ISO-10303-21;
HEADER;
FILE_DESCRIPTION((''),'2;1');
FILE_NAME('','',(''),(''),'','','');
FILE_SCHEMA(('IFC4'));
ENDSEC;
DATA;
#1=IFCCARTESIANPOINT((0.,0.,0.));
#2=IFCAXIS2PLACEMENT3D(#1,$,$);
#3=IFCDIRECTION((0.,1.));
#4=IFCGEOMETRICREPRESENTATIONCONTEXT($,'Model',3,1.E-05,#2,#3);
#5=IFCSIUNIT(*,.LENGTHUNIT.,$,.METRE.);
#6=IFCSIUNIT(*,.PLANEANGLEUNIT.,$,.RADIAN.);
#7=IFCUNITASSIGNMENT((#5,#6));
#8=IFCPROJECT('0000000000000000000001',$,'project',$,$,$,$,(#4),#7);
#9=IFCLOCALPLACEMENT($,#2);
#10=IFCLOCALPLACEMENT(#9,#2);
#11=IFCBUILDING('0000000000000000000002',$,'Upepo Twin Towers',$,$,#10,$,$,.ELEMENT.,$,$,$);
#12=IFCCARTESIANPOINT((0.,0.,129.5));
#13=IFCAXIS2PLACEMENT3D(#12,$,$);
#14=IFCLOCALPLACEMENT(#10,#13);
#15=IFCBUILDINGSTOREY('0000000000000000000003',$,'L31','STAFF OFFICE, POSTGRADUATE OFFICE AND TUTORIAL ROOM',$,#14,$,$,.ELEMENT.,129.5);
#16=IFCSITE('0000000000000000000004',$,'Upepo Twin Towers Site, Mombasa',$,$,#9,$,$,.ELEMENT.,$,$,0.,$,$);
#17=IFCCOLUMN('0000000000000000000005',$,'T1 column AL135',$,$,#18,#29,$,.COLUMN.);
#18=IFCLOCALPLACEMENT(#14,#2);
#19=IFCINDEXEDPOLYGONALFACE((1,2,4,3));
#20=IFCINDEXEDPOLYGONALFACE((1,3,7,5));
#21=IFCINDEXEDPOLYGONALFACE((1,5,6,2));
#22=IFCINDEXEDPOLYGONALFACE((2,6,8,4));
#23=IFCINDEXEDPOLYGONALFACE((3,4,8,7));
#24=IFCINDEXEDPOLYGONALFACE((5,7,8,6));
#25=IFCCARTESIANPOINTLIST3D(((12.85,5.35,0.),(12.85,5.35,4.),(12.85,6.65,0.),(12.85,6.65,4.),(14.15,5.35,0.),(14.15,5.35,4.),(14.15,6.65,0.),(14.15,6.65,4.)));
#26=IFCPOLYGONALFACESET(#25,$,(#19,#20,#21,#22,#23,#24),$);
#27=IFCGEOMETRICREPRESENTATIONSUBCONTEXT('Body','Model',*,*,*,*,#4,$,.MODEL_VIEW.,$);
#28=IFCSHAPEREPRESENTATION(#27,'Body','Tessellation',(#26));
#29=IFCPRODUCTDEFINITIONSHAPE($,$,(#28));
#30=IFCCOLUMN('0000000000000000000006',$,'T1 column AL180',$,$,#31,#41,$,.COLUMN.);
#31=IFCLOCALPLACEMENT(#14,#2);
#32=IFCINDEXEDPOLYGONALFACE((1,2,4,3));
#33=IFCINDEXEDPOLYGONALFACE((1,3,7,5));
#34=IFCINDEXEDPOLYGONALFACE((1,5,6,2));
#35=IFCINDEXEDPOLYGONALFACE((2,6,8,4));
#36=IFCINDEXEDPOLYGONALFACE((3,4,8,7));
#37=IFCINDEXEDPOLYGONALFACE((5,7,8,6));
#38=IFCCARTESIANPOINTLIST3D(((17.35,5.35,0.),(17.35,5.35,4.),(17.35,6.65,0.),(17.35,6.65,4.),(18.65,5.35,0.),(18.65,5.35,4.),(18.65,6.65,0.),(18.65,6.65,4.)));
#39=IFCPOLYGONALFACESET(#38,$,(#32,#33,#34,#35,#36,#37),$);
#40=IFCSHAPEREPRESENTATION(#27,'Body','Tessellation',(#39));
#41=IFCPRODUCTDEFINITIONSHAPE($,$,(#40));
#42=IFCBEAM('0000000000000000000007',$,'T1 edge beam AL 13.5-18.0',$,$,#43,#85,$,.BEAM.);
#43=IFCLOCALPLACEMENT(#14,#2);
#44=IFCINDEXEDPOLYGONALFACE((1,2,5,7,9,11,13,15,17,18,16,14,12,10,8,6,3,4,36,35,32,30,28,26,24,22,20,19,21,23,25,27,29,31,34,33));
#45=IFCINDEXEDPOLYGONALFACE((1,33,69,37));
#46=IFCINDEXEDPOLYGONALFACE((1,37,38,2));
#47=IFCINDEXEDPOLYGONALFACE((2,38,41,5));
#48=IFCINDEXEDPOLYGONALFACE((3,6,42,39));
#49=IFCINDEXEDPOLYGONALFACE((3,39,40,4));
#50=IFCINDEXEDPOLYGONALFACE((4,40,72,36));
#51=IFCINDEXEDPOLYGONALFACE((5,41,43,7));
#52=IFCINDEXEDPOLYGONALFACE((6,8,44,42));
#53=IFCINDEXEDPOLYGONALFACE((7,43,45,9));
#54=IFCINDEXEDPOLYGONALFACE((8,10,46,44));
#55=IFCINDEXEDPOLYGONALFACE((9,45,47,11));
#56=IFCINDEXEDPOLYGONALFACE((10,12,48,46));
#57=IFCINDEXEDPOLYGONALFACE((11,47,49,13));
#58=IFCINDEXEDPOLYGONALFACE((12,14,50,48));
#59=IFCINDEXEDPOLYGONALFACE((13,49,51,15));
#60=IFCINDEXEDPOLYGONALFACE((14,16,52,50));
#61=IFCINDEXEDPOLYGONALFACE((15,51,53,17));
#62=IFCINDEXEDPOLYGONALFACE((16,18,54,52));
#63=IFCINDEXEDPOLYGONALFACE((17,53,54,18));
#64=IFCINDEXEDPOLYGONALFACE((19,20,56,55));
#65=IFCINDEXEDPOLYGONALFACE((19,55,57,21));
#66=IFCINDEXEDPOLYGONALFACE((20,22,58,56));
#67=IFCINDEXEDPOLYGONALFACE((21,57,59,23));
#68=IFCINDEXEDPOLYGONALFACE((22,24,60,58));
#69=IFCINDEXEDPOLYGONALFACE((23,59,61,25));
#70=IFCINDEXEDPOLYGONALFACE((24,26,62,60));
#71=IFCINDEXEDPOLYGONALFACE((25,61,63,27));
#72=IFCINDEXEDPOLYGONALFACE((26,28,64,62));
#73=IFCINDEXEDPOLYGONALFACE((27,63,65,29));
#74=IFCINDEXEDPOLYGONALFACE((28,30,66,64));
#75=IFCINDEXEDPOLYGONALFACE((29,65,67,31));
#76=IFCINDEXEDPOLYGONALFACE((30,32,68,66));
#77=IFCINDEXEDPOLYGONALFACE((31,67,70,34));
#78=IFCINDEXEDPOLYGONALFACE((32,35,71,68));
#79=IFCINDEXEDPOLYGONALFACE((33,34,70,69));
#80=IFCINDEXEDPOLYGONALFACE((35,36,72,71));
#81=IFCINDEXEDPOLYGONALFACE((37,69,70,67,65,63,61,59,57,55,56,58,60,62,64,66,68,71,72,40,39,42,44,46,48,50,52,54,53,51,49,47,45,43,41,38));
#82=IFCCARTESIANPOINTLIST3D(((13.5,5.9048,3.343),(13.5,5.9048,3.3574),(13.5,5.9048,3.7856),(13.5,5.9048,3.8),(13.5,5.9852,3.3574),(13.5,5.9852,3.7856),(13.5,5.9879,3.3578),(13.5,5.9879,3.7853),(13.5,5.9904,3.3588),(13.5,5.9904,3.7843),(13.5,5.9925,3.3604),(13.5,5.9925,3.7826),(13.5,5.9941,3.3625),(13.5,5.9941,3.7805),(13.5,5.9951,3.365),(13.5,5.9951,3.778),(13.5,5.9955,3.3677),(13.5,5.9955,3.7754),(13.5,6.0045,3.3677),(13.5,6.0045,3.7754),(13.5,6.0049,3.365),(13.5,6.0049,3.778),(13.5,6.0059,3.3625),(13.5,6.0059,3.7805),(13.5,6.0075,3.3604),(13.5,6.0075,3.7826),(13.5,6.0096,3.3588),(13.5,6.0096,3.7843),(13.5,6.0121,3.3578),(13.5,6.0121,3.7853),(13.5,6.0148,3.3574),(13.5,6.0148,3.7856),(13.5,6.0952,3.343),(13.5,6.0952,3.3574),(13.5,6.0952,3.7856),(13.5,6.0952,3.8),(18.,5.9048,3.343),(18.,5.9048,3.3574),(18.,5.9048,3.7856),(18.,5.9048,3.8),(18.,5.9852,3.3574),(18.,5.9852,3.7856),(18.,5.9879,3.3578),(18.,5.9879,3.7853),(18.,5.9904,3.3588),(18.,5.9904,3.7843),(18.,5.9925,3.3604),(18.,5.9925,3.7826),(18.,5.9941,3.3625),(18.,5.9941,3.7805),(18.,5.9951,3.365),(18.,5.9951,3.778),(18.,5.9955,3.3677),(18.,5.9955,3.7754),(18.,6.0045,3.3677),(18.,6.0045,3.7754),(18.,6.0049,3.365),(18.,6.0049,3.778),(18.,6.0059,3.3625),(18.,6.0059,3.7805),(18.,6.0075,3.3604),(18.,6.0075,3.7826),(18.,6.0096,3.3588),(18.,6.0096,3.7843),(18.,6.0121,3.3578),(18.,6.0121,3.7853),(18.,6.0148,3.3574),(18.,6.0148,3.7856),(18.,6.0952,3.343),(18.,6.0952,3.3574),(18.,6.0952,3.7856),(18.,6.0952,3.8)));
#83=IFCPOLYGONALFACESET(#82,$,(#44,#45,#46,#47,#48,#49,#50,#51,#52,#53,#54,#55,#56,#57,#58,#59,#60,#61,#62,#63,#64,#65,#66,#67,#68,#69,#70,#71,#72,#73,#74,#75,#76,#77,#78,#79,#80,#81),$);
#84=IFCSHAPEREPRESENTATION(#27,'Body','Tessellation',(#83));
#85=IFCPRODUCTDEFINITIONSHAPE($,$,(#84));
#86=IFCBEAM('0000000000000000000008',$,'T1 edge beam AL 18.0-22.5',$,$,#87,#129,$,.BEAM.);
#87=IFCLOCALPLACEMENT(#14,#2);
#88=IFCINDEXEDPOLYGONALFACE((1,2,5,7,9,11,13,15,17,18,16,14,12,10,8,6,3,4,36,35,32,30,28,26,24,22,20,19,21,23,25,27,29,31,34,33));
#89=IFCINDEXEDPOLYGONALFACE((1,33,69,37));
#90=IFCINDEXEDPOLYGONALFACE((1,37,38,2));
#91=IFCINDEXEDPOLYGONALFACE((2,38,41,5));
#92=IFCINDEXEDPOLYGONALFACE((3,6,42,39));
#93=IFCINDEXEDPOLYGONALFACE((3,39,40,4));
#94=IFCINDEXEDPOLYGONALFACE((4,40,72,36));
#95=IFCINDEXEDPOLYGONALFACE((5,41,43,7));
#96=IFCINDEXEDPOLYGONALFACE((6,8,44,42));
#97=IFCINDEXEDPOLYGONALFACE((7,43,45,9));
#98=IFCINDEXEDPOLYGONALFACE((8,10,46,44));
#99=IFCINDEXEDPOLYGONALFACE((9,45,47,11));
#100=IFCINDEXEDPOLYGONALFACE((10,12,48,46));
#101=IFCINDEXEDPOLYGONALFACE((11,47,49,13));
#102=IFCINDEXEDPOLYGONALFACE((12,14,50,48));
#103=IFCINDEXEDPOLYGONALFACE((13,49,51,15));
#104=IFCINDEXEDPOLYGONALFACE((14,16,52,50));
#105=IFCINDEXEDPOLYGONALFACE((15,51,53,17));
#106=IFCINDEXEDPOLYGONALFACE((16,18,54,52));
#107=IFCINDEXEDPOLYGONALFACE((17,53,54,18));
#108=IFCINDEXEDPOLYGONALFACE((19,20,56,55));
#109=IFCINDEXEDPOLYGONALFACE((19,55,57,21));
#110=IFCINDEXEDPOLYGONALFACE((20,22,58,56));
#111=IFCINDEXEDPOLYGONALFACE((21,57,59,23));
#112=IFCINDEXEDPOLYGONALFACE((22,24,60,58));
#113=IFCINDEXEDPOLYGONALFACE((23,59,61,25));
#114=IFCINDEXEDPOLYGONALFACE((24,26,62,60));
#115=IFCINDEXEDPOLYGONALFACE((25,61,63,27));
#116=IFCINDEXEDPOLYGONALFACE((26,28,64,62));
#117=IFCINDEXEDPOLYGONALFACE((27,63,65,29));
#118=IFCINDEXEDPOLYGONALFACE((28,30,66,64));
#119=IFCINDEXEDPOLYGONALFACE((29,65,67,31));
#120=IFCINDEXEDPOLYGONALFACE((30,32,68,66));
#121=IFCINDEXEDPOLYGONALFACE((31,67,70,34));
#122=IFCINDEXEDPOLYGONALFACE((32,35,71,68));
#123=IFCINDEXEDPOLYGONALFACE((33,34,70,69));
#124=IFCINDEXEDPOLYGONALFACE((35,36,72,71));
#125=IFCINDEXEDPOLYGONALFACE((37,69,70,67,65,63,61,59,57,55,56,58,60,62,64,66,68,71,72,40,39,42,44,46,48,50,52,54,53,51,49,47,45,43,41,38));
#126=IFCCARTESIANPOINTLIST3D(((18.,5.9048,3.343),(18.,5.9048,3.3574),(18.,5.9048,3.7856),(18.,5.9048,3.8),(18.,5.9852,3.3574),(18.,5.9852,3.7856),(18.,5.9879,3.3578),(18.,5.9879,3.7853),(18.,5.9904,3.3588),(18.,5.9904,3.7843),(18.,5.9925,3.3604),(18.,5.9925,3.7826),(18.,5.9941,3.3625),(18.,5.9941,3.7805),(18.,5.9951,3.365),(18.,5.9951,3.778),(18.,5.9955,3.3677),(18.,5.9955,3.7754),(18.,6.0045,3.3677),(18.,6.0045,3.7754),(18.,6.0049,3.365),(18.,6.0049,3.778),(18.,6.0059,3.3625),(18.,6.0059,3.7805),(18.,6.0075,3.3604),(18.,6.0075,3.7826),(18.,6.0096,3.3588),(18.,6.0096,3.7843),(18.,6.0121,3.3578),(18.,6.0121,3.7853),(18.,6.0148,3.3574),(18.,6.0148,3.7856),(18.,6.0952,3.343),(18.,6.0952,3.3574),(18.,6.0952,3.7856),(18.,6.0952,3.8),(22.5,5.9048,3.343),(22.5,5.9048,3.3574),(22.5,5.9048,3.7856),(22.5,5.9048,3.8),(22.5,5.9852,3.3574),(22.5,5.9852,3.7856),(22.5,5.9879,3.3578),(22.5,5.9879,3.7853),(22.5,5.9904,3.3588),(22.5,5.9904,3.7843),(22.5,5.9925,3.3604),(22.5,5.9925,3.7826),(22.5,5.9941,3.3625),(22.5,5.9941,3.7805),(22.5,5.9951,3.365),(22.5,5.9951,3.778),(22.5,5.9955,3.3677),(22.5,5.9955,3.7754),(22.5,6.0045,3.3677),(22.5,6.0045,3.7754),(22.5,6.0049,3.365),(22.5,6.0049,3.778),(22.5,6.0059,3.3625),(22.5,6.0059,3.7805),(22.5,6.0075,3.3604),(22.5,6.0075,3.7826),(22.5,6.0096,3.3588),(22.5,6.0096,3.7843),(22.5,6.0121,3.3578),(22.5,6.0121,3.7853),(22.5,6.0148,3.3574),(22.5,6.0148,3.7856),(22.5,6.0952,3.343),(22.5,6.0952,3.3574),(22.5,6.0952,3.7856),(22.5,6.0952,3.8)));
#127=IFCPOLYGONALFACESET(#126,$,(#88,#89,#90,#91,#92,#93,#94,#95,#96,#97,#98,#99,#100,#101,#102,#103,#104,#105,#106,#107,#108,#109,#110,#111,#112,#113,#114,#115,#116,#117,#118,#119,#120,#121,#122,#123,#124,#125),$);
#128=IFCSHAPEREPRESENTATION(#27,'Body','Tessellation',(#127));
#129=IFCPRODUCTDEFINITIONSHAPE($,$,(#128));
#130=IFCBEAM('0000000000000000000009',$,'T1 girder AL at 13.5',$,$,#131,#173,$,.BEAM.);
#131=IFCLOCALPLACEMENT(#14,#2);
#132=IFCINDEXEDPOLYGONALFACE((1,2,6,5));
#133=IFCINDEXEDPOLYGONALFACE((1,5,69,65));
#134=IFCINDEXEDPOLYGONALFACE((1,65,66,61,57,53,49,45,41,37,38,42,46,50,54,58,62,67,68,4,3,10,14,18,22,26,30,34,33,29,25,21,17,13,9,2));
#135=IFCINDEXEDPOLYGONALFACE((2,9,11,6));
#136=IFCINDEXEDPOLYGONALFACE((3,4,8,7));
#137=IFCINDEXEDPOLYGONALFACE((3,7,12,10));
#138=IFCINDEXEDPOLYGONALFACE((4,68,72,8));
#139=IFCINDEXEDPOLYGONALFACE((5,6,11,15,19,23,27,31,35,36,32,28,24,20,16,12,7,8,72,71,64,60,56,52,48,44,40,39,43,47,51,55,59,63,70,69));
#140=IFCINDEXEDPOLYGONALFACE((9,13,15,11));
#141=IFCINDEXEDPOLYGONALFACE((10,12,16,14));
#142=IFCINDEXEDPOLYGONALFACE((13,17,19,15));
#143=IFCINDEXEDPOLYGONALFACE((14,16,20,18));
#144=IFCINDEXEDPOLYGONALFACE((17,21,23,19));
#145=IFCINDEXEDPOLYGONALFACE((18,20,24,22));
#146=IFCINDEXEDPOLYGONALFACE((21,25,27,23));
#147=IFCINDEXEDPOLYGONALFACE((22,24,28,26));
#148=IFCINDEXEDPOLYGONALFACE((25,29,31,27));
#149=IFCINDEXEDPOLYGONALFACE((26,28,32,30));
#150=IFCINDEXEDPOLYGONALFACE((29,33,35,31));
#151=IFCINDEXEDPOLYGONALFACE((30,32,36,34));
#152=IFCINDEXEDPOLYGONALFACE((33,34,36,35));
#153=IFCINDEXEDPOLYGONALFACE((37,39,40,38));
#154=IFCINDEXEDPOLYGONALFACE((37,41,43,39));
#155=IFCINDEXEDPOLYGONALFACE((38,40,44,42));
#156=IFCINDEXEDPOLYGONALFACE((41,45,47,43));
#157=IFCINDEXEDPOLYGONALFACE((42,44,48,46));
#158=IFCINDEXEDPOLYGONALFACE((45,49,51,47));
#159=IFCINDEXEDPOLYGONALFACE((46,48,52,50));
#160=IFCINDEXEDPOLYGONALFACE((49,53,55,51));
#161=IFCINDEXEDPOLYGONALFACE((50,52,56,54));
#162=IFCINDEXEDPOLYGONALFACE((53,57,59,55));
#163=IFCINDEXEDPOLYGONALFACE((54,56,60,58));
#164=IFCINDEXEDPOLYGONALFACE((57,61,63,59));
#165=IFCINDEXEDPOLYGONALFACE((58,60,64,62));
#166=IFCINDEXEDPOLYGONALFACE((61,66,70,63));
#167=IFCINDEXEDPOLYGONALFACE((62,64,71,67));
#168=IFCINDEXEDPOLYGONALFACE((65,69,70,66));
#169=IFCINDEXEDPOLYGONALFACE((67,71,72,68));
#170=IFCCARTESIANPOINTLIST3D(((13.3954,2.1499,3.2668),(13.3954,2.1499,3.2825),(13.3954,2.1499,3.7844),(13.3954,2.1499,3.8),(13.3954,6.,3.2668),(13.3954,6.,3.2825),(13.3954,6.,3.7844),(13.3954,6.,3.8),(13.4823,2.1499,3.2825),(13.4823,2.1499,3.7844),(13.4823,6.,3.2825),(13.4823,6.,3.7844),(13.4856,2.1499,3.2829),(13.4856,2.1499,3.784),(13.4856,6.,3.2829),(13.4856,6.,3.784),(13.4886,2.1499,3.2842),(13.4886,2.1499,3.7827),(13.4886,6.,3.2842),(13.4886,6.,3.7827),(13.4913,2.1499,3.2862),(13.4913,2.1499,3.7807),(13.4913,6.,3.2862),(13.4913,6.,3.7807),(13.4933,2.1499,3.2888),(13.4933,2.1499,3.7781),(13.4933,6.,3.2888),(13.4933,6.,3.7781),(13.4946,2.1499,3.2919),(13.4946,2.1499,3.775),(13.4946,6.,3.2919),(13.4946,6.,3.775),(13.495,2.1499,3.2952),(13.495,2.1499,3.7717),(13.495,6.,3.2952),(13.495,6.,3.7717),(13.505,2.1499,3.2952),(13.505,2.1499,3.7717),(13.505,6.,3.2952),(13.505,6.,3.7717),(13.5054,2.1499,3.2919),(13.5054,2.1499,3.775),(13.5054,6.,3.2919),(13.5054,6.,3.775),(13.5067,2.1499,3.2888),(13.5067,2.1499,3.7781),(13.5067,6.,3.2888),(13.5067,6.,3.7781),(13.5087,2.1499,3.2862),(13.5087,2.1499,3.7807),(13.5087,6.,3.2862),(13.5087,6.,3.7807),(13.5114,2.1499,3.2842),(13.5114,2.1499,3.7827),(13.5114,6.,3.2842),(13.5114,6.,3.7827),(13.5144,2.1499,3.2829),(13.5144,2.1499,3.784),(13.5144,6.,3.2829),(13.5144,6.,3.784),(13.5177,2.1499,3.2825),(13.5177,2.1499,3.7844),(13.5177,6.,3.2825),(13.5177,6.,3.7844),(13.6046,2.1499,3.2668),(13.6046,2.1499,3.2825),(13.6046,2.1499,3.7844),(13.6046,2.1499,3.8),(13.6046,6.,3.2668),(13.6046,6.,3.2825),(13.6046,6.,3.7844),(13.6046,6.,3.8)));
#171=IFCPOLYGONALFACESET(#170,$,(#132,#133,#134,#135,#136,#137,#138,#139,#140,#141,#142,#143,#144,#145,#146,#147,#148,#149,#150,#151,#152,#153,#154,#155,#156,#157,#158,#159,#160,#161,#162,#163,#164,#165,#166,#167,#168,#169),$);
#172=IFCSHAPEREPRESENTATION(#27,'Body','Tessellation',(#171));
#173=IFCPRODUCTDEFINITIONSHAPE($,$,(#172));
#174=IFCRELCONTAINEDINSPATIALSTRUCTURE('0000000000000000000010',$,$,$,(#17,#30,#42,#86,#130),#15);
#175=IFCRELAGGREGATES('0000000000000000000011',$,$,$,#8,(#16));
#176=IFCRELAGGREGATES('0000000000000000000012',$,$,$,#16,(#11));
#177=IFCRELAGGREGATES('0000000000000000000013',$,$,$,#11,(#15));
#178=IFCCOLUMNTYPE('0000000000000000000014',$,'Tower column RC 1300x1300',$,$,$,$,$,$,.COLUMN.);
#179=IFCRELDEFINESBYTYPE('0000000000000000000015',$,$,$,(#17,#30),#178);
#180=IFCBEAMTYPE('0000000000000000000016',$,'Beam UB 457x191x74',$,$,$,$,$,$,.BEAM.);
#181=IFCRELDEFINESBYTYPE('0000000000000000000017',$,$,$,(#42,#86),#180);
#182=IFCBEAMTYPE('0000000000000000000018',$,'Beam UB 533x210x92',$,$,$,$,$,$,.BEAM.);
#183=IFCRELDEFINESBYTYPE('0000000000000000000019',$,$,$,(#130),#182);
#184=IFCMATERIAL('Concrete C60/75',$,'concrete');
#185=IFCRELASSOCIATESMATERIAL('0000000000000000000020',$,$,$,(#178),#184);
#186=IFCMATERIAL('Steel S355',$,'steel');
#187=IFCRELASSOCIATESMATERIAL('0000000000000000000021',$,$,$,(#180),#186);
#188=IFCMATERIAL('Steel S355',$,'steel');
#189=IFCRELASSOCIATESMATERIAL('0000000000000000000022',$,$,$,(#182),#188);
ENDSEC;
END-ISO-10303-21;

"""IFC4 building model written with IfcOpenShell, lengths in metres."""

from ifc_helpers import new_model, si_unit, direction, frame, origin, origin_2d, place, context, subcontext, project, spatial, rectangle, i_section, extrude, material, material_profile, profile_set, type_object, element, save


model = new_model("IFC4")

# Units and contexts
model_context = context("Model", 3, precision=1e-05, world=origin(), true_north=direction((0.0, 1.0)))
body_context = subcontext(model_context, "Body", "Model", "MODEL_VIEW")
ifc_project = project(units=[si_unit("LENGTHUNIT", "METRE"), si_unit("PLANEANGLEUNIT", "RADIAN")], contexts=[model_context])

# Site, building, storey
site_placement = place(None, origin())
site = spatial("IfcSite", under=ifc_project, at=site_placement, Name="Upepo Twin Towers Site, Mombasa", CompositionType="ELEMENT", RefElevation=0.0)
building_placement = place(site_placement, origin())
building = spatial("IfcBuilding", under=site, at=building_placement, Name="Upepo Twin Towers", CompositionType="ELEMENT")
storey_placement = place(building_placement, frame((0.0, 0.0, 129.5)))
storey = spatial("IfcBuildingStorey", under=building, at=storey_placement, Name="L31", Description="STAFF OFFICE, POSTGRADUATE OFFICE AND TUTORIAL ROOM", CompositionType="ELEMENT", Elevation=129.5)

# Columns
ifc_material_1 = material(Name="Concrete C60/75", Category="concrete")
ifc_material_profile_1 = material_profile(ifc_material_1, rectangle(XDim=1.3, YDim=1.3, at=origin_2d()), Name="RC 1300x1300")
ifc_profile_set_1 = profile_set([ifc_material_profile_1], Name="Concrete C60/75")
column_type = type_object("IfcColumnType", Name="Tower column RC 1300x1300", PredefinedType="COLUMN", material=ifc_profile_set_1)
for number, where, z_axis, x_axis, name in (
    (1, (13.5, 6.0, 0.0), (0.0, 0.0, 1.0), (1.0, 0.0, 0.0), "T1 column AL135"),
    (2, (18.0, 6.0, 0.0), (0.0, 0.0, 1.0), (1.0, 0.0, 0.0), "T1 column AL180"),
):
    element("IfcColumn", number, at=place(storey_placement, frame(where, z_axis=z_axis, x_axis=x_axis)), inside=storey, type_object=column_type, Name=name, PredefinedType="COLUMN", context=body_context, shape_type="SweptSolid", body=[
        extrude(rectangle(XDim=1.3, YDim=1.3, at=origin_2d()), origin(), (0.0, 0.0, 1.0), 4.0),
    ])

# Beams
ifc_material_2 = material(Name="Steel S355", Category="steel")
ifc_material_profile_2 = material_profile(ifc_material_2, i_section(OverallWidth=0.1904, OverallDepth=0.457, WebThickness=0.009, FlangeThickness=0.0144, FilletRadius=0.0103, at=origin_2d()), Name="UB 457x191x74")
ifc_profile_set_2 = profile_set([ifc_material_profile_2], Name="Steel S355")
beam_type_1 = type_object("IfcBeamType", Name="Beam UB 457x191x74", PredefinedType="BEAM", material=ifc_profile_set_2)
for number, where, z_axis, x_axis, name in (
    (3, (13.5, 6.0, 3.5715), (1.0, 0.0, 0.0), (0.0, 1.0, 0.0), "T1 edge beam AL 13.5-18.0"),
    (4, (18.0, 6.0, 3.5715), (1.0, 0.0, 0.0), (0.0, 1.0, 0.0), "T1 edge beam AL 18.0-22.5"),
):
    element("IfcBeam", number, at=place(storey_placement, frame(where, z_axis=z_axis, x_axis=x_axis)), inside=storey, type_object=beam_type_1, Name=name, PredefinedType="BEAM", context=body_context, shape_type="SweptSolid", body=[
        extrude(i_section(OverallWidth=0.1904, OverallDepth=0.457, WebThickness=0.009, FlangeThickness=0.0144, FilletRadius=0.0103, at=origin_2d()), origin(), (0.0, 0.0, 1.0), 4.5),
    ])
ifc_material_3 = material(Name="Steel S355", Category="steel")
ifc_material_profile_3 = material_profile(ifc_material_3, i_section(OverallWidth=0.2092, OverallDepth=0.5332, WebThickness=0.01, FlangeThickness=0.0156, FilletRadius=0.0127, at=origin_2d()), Name="UB 533x210x92")
ifc_profile_set_3 = profile_set([ifc_material_profile_3], Name="Steel S355")
beam_type_2 = type_object("IfcBeamType", Name="Beam UB 533x210x92", PredefinedType="BEAM", material=ifc_profile_set_3)
for number, where, z_axis, x_axis, name in (
    (5, (13.5, 6.0, 3.5334), (0.0, -1.0, 0.0), (1.0, 0.0, 0.0), "T1 girder AL at 13.5"),
):
    element("IfcBeam", number, at=place(storey_placement, frame(where, z_axis=z_axis, x_axis=x_axis)), inside=storey, type_object=beam_type_2, Name=name, PredefinedType="BEAM", context=body_context, shape_type="SweptSolid", body=[
        extrude(i_section(OverallWidth=0.2092, OverallDepth=0.5332, WebThickness=0.01, FlangeThickness=0.0156, FilletRadius=0.0127, at=origin_2d()), origin(), (0.0, 0.0, 1.0), 3.8501),
    ])

save(model, "model.ifc")
